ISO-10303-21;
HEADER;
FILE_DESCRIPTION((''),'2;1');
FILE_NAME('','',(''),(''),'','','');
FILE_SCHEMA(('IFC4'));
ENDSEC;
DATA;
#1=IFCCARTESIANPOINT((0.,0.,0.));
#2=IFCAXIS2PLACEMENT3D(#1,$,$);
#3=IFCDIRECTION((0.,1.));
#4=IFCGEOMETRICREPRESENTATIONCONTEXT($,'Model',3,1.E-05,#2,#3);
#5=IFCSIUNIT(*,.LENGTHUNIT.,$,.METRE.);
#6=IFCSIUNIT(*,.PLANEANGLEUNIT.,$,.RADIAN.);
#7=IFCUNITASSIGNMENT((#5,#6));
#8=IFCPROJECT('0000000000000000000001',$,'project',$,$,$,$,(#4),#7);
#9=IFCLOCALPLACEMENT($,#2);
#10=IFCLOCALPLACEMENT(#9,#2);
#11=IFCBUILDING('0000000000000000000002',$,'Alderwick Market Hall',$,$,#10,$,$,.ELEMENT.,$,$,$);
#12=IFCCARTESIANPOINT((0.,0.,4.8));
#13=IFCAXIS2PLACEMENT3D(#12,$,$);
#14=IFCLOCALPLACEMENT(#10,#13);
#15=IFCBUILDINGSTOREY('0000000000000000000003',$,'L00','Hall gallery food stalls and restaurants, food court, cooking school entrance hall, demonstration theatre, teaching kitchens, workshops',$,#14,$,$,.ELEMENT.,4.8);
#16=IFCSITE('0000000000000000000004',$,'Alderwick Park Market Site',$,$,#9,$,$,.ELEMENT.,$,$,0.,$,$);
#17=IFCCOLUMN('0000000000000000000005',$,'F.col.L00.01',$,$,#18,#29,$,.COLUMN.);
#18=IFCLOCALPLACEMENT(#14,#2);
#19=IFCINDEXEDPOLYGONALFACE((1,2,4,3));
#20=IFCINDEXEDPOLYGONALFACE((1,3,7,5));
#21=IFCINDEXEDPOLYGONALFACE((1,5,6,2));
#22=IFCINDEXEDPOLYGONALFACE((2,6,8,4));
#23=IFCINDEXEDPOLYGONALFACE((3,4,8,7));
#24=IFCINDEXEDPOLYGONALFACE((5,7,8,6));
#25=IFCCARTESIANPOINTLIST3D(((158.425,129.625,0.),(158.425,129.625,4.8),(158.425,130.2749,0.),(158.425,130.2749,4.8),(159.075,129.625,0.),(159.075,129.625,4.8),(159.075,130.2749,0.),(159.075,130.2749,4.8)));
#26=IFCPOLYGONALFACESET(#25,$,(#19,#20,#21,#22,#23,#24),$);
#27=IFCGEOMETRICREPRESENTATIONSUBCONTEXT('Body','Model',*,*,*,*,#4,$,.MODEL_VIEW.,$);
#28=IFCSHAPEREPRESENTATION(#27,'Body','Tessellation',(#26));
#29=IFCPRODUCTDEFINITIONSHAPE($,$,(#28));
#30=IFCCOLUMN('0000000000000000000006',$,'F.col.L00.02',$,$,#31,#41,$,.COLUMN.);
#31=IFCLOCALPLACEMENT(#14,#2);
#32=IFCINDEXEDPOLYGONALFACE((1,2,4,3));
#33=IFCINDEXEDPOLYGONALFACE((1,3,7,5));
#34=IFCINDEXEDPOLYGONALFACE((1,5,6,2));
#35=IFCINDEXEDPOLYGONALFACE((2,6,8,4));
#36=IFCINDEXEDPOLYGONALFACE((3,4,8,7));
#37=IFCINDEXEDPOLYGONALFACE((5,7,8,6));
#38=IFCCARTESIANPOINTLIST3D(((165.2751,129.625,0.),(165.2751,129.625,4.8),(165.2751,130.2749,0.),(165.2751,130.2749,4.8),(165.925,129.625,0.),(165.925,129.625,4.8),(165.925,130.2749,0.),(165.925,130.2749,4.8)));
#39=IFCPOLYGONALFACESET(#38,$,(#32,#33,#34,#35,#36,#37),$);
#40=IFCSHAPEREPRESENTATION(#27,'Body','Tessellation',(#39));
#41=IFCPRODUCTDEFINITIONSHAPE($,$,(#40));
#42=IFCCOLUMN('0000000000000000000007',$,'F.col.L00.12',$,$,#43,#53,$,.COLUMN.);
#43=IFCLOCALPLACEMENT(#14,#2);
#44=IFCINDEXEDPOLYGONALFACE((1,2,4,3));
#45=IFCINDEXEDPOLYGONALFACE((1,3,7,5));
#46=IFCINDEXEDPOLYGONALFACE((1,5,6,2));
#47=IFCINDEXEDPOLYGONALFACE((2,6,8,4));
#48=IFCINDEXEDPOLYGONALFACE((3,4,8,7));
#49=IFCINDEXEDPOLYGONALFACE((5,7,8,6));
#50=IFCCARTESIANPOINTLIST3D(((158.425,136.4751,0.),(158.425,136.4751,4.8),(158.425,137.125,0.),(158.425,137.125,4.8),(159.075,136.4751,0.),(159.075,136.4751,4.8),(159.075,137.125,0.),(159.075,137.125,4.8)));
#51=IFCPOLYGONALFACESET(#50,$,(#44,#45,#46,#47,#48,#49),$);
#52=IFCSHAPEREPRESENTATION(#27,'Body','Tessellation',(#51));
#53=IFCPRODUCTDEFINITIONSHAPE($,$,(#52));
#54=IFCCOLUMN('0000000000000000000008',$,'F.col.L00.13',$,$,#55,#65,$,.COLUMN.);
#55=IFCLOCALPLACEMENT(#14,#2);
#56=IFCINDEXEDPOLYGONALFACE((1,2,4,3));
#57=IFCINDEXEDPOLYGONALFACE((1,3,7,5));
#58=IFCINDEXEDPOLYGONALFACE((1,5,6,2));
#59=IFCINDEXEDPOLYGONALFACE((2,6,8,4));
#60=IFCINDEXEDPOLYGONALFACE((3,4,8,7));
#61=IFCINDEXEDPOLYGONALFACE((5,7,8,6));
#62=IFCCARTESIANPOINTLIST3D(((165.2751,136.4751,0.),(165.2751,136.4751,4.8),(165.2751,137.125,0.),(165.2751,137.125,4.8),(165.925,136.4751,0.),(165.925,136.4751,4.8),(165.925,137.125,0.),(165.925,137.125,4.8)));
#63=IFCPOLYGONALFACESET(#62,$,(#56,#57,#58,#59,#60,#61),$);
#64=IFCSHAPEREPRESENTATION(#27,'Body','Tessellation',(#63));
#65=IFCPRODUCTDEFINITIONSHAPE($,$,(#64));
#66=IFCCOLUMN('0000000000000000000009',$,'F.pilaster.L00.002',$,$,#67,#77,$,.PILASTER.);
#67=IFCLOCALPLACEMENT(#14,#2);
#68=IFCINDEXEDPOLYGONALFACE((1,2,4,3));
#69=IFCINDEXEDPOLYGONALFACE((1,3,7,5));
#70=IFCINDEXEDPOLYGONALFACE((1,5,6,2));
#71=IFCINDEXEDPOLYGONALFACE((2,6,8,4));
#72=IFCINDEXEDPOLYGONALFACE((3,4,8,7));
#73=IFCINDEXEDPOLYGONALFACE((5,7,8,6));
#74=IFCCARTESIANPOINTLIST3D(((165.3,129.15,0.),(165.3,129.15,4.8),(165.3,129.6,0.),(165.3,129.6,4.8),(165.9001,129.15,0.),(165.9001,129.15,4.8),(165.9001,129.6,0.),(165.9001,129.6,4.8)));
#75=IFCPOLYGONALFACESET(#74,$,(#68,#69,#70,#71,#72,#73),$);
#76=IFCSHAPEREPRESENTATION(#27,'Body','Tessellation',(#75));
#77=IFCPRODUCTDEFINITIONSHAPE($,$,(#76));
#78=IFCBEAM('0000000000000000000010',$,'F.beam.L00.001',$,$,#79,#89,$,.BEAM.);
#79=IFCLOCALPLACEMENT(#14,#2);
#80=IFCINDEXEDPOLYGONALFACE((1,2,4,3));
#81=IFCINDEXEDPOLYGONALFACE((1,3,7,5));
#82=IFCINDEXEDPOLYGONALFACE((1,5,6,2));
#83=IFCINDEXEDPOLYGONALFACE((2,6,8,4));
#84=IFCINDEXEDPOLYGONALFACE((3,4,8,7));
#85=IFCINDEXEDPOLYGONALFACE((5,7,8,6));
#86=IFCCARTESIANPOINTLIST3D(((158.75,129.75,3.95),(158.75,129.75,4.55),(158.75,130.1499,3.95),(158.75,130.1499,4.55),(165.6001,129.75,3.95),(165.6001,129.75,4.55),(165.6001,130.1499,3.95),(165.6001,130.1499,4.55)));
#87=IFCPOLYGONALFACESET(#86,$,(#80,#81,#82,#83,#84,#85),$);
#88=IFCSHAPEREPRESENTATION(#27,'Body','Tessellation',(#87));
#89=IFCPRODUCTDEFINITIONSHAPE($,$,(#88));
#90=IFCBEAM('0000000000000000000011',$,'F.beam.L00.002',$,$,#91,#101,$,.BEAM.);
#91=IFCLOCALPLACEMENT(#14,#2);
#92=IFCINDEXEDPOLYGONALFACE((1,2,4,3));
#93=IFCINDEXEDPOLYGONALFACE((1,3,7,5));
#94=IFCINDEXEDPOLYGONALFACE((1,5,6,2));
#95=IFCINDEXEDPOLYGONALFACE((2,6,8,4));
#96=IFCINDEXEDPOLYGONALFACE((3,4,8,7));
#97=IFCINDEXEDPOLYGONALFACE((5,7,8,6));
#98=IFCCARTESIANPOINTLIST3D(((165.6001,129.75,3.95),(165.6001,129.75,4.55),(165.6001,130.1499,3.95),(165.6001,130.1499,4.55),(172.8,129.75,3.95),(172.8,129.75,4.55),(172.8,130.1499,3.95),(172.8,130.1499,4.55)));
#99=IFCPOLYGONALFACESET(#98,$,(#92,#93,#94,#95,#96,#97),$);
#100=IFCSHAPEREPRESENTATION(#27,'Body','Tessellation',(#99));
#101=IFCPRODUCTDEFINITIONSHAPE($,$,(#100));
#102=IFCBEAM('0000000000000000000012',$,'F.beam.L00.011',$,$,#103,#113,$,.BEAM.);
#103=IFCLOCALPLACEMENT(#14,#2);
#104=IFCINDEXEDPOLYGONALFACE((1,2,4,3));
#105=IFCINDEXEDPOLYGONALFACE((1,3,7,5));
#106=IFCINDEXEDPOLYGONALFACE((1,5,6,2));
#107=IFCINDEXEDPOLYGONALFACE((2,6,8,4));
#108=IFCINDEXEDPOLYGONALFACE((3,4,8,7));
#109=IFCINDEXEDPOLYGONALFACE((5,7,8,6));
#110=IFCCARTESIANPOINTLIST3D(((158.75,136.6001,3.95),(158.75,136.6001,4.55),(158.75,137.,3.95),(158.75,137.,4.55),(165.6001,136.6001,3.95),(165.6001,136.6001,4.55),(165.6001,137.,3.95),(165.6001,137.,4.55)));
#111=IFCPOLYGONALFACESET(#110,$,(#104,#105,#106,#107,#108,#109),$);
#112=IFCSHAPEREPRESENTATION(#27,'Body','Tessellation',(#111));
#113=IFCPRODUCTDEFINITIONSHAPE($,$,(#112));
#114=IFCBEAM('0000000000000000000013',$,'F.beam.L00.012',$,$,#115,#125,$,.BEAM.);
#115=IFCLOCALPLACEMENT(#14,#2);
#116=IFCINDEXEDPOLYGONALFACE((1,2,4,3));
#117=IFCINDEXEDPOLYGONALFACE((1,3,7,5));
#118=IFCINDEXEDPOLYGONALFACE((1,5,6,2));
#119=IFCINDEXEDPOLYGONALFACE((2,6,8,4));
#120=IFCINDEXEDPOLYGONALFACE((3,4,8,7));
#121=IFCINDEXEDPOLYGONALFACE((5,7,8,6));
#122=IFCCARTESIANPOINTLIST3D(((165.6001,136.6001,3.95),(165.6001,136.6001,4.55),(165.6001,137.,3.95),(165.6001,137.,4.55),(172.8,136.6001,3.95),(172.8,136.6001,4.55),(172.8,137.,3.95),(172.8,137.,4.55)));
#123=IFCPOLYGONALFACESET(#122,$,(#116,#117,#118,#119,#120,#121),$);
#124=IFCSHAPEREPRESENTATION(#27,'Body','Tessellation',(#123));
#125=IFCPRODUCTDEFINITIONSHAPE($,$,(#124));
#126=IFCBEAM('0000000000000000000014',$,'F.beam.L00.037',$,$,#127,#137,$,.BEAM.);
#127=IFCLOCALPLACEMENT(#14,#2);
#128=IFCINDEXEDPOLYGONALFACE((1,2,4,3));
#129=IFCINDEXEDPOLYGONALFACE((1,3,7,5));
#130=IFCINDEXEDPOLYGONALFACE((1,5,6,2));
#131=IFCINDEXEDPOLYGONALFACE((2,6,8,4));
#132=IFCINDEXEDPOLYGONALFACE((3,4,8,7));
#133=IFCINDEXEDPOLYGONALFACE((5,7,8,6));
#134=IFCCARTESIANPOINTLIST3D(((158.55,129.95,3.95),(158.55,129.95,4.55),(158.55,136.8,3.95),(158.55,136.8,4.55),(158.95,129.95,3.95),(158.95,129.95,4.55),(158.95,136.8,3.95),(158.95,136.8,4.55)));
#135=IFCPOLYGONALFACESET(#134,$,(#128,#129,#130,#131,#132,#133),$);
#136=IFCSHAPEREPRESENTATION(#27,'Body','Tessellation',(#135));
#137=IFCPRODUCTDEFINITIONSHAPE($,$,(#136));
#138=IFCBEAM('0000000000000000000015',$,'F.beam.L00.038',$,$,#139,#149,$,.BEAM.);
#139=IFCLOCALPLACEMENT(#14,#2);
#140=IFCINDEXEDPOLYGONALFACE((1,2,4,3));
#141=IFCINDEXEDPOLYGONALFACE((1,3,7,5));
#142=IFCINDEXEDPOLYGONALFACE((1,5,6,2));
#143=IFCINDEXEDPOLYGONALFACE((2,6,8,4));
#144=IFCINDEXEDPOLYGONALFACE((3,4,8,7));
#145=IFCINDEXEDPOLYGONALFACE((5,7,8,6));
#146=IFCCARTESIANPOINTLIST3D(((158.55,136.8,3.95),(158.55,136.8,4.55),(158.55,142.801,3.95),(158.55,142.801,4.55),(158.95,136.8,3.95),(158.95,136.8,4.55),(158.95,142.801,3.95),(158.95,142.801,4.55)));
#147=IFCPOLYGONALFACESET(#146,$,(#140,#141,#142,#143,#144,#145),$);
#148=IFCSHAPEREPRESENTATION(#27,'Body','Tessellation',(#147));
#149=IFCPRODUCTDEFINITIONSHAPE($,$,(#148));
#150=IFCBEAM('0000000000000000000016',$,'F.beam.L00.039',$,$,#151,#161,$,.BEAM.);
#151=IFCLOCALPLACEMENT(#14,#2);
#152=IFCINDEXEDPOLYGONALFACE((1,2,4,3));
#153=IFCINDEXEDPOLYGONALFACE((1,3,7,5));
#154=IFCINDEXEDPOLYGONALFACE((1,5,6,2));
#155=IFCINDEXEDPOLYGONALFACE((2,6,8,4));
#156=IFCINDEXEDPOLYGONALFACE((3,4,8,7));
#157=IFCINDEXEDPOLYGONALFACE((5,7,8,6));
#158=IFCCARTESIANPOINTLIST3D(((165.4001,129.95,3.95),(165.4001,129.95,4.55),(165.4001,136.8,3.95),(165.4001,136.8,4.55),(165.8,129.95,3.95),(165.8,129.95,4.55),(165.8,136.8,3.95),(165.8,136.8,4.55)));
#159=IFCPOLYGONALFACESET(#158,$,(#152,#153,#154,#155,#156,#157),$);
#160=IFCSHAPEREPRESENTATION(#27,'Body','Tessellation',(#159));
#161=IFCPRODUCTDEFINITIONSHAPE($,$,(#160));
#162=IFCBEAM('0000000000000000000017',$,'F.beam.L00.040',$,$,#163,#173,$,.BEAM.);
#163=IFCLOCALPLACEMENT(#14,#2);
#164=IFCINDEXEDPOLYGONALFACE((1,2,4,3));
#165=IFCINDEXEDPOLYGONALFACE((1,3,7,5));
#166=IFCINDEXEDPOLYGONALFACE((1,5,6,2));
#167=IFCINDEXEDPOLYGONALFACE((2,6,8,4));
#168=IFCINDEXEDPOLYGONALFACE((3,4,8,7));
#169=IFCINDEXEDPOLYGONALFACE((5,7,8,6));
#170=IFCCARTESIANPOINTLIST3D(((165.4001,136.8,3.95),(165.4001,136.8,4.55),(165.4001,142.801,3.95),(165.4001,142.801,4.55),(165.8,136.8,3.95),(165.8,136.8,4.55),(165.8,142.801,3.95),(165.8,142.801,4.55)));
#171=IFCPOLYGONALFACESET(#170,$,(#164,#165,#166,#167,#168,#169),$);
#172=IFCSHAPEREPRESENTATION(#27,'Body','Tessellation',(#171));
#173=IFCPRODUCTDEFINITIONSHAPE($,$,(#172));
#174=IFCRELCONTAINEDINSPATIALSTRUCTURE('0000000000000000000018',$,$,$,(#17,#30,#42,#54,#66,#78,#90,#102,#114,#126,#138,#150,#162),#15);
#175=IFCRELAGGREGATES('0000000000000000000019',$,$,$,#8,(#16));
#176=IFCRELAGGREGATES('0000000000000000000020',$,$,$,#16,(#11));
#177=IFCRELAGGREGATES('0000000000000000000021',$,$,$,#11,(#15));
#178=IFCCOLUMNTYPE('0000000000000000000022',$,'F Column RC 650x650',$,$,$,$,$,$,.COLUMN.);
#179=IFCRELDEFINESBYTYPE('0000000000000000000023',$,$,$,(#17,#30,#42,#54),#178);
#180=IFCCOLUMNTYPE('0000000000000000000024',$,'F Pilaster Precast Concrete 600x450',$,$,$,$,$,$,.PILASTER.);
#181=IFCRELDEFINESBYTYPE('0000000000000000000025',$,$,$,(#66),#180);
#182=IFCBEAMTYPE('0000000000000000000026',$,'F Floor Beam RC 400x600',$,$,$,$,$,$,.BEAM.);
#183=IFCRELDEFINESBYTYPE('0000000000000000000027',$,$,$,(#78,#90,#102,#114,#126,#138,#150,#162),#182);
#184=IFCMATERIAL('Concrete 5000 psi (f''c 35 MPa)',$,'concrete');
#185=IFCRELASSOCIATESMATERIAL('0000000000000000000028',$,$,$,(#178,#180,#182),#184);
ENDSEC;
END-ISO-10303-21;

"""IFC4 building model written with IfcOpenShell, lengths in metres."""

from ifc_helpers import new_model, si_unit, direction, frame, origin, origin_2d, place, context, subcontext, project, spatial, rectangle, extrude, material, material_profile, profile_set, type_object, element, save


model = new_model("IFC4")

# Units and contexts
model_context = context("Model", 3, precision=1e-05, world=origin(), true_north=direction((0.0, 1.0)))
body_context = subcontext(model_context, "Body", "Model", "MODEL_VIEW")
ifc_project = project(units=[si_unit("LENGTHUNIT", "METRE"), si_unit("PLANEANGLEUNIT", "RADIAN")], contexts=[model_context])

# Site, building, storey
site_placement = place(None, origin())
site = spatial("IfcSite", under=ifc_project, at=site_placement, Name="Alderwick Park Market Site", CompositionType="ELEMENT", RefElevation=0.0)
building_placement = place(site_placement, origin())
building = spatial("IfcBuilding", under=site, at=building_placement, Name="Alderwick Market Hall", CompositionType="ELEMENT")
storey_placement = place(building_placement, frame((0.0, 0.0, 4.8)))
storey = spatial("IfcBuildingStorey", under=building, at=storey_placement, Name="L00", Description="Hall gallery food stalls and restaurants, food court, cooking school entrance hall, demonstration theatre, teaching kitchens, workshops", CompositionType="ELEMENT", Elevation=4.8)

# Columns
ifc_material_1 = material(Name="Concrete 5000 psi (f'c 35 MPa)", Category="concrete")
ifc_material_profile_1 = material_profile(ifc_material_1, rectangle(XDim=0.6499, YDim=0.6499, at=origin_2d()), Name="RC 650x650")
ifc_profile_set_1 = profile_set([ifc_material_profile_1], Name="Concrete 5000 psi (f'c 35 MPa)")
column_type_1 = type_object("IfcColumnType", Name="F Column RC 650x650", PredefinedType="COLUMN", material=ifc_profile_set_1)
for number, where, z_axis, x_axis, name in (
    (1, (158.75, 129.95, 0.0), (0.0, 0.0, 1.0), (1.0, 0.0, 0.0), "F.col.L00.01"),
    (2, (165.6001, 129.95, 0.0), (0.0, 0.0, 1.0), (1.0, 0.0, 0.0), "F.col.L00.02"),
    (3, (158.75, 136.8, 0.0), (0.0, 0.0, 1.0), (1.0, 0.0, 0.0), "F.col.L00.12"),
    (4, (165.6001, 136.8, 0.0), (0.0, 0.0, 1.0), (1.0, 0.0, 0.0), "F.col.L00.13"),
):
    element("IfcColumn", number, at=place(storey_placement, frame(where, z_axis=z_axis, x_axis=x_axis)), inside=storey, type_object=column_type_1, Name=name, PredefinedType="COLUMN", context=body_context, shape_type="SweptSolid", body=[
        extrude(rectangle(XDim=0.6499, YDim=0.6499, at=origin_2d()), origin(), (0.0, 0.0, 1.0), 4.8),
    ])
ifc_material_profile_2 = material_profile(ifc_material_1, rectangle(XDim=0.6001, YDim=0.45, at=origin_2d()), Name="PC 600x450")
ifc_profile_set_2 = profile_set([ifc_material_profile_2], Name="Concrete 5000 psi (f'c 35 MPa)")
column_type_2 = type_object("IfcColumnType", Name="F Pilaster Precast Concrete 600x450", PredefinedType="PILASTER", material=ifc_profile_set_2)
column_placement = place(storey_placement, frame((165.6001, 129.375, 0.0), z_axis=(0.0, 0.0, 1.0), x_axis=(1.0, 0.0, 0.0)))
element("IfcColumn", 5, at=column_placement, inside=storey, type_object=column_type_2, Name="F.pilaster.L00.002", PredefinedType="PILASTER", context=body_context, shape_type="SweptSolid", body=[
    extrude(rectangle(XDim=0.6001, YDim=0.45, at=origin_2d()), origin(), (0.0, 0.0, 1.0), 4.8),
])

# Beams
ifc_material_profile_3 = material_profile(ifc_material_1, rectangle(XDim=0.3999, YDim=0.6001, at=origin_2d()), Name="RC 400x600")
ifc_profile_set_3 = profile_set([ifc_material_profile_3], Name="Concrete 5000 psi (f'c 35 MPa)")
beam_type = type_object("IfcBeamType", Name="F Floor Beam RC 400x600", PredefinedType="BEAM", material=ifc_profile_set_3)
beam_1_placement = place(storey_placement, frame((158.75, 129.95, 4.25), z_axis=(1.0, 0.0, 0.0), x_axis=(0.0, 1.0, 0.0)))
element("IfcBeam", 6, at=beam_1_placement, inside=storey, type_object=beam_type, Name="F.beam.L00.001", PredefinedType="BEAM", context=body_context, shape_type="SweptSolid", body=[
    extrude(rectangle(XDim=0.3999, YDim=0.6001, at=origin_2d()), origin(), (0.0, 0.0, 1.0), 6.8501),
])
beam_2_placement = place(storey_placement, frame((165.6001, 129.95, 4.25), z_axis=(1.0, 0.0, 0.0), x_axis=(0.0, 1.0, 0.0)))
element("IfcBeam", 7, at=beam_2_placement, inside=storey, type_object=beam_type, Name="F.beam.L00.002", PredefinedType="BEAM", context=body_context, shape_type="SweptSolid", body=[
    extrude(rectangle(XDim=0.3999, YDim=0.6001, at=origin_2d()), origin(), (0.0, 0.0, 1.0), 7.2),
])
beam_3_placement = place(storey_placement, frame((158.75, 136.8, 4.25), z_axis=(1.0, 0.0, 0.0), x_axis=(0.0, 1.0, 0.0)))
element("IfcBeam", 8, at=beam_3_placement, inside=storey, type_object=beam_type, Name="F.beam.L00.011", PredefinedType="BEAM", context=body_context, shape_type="SweptSolid", body=[
    extrude(rectangle(XDim=0.3999, YDim=0.6001, at=origin_2d()), origin(), (0.0, 0.0, 1.0), 6.8501),
])
beam_4_placement = place(storey_placement, frame((165.6001, 136.8, 4.25), z_axis=(1.0, 0.0, 0.0), x_axis=(0.0, 1.0, 0.0)))
element("IfcBeam", 9, at=beam_4_placement, inside=storey, type_object=beam_type, Name="F.beam.L00.012", PredefinedType="BEAM", context=body_context, shape_type="SweptSolid", body=[
    extrude(rectangle(XDim=0.3999, YDim=0.6001, at=origin_2d()), origin(), (0.0, 0.0, 1.0), 7.2),
])
beam_5_placement = place(storey_placement, frame((158.75, 129.95, 4.25), z_axis=(0.0, 1.0, 0.0), x_axis=(-1.0, 0.0, 0.0)))
element("IfcBeam", 10, at=beam_5_placement, inside=storey, type_object=beam_type, Name="F.beam.L00.037", PredefinedType="BEAM", context=body_context, shape_type="SweptSolid", body=[
    extrude(rectangle(XDim=0.3999, YDim=0.6001, at=origin_2d()), origin(), (0.0, 0.0, 1.0), 6.8501),
])
beam_6_placement = place(storey_placement, frame((158.75, 136.8, 4.25), z_axis=(0.0, 1.0, 0.0), x_axis=(-1.0, 0.0, 0.0)))
element("IfcBeam", 11, at=beam_6_placement, inside=storey, type_object=beam_type, Name="F.beam.L00.038", PredefinedType="BEAM", context=body_context, shape_type="SweptSolid", body=[
    extrude(rectangle(XDim=0.3999, YDim=0.6001, at=origin_2d()), origin(), (0.0, 0.0, 1.0), 6.001),
])
beam_7_placement = place(storey_placement, frame((165.6001, 129.95, 4.25), z_axis=(0.0, 1.0, 0.0), x_axis=(-1.0, 0.0, 0.0)))
element("IfcBeam", 12, at=beam_7_placement, inside=storey, type_object=beam_type, Name="F.beam.L00.039", PredefinedType="BEAM", context=body_context, shape_type="SweptSolid", body=[
    extrude(rectangle(XDim=0.3999, YDim=0.6001, at=origin_2d()), origin(), (0.0, 0.0, 1.0), 6.8501),
])
beam_8_placement = place(storey_placement, frame((165.6001, 136.8, 4.25), z_axis=(0.0, 1.0, 0.0), x_axis=(-1.0, 0.0, 0.0)))
element("IfcBeam", 13, at=beam_8_placement, inside=storey, type_object=beam_type, Name="F.beam.L00.040", PredefinedType="BEAM", context=body_context, shape_type="SweptSolid", body=[
    extrude(rectangle(XDim=0.3999, YDim=0.6001, at=origin_2d()), origin(), (0.0, 0.0, 1.0), 6.001),
])

save(model, "model.ifc")
